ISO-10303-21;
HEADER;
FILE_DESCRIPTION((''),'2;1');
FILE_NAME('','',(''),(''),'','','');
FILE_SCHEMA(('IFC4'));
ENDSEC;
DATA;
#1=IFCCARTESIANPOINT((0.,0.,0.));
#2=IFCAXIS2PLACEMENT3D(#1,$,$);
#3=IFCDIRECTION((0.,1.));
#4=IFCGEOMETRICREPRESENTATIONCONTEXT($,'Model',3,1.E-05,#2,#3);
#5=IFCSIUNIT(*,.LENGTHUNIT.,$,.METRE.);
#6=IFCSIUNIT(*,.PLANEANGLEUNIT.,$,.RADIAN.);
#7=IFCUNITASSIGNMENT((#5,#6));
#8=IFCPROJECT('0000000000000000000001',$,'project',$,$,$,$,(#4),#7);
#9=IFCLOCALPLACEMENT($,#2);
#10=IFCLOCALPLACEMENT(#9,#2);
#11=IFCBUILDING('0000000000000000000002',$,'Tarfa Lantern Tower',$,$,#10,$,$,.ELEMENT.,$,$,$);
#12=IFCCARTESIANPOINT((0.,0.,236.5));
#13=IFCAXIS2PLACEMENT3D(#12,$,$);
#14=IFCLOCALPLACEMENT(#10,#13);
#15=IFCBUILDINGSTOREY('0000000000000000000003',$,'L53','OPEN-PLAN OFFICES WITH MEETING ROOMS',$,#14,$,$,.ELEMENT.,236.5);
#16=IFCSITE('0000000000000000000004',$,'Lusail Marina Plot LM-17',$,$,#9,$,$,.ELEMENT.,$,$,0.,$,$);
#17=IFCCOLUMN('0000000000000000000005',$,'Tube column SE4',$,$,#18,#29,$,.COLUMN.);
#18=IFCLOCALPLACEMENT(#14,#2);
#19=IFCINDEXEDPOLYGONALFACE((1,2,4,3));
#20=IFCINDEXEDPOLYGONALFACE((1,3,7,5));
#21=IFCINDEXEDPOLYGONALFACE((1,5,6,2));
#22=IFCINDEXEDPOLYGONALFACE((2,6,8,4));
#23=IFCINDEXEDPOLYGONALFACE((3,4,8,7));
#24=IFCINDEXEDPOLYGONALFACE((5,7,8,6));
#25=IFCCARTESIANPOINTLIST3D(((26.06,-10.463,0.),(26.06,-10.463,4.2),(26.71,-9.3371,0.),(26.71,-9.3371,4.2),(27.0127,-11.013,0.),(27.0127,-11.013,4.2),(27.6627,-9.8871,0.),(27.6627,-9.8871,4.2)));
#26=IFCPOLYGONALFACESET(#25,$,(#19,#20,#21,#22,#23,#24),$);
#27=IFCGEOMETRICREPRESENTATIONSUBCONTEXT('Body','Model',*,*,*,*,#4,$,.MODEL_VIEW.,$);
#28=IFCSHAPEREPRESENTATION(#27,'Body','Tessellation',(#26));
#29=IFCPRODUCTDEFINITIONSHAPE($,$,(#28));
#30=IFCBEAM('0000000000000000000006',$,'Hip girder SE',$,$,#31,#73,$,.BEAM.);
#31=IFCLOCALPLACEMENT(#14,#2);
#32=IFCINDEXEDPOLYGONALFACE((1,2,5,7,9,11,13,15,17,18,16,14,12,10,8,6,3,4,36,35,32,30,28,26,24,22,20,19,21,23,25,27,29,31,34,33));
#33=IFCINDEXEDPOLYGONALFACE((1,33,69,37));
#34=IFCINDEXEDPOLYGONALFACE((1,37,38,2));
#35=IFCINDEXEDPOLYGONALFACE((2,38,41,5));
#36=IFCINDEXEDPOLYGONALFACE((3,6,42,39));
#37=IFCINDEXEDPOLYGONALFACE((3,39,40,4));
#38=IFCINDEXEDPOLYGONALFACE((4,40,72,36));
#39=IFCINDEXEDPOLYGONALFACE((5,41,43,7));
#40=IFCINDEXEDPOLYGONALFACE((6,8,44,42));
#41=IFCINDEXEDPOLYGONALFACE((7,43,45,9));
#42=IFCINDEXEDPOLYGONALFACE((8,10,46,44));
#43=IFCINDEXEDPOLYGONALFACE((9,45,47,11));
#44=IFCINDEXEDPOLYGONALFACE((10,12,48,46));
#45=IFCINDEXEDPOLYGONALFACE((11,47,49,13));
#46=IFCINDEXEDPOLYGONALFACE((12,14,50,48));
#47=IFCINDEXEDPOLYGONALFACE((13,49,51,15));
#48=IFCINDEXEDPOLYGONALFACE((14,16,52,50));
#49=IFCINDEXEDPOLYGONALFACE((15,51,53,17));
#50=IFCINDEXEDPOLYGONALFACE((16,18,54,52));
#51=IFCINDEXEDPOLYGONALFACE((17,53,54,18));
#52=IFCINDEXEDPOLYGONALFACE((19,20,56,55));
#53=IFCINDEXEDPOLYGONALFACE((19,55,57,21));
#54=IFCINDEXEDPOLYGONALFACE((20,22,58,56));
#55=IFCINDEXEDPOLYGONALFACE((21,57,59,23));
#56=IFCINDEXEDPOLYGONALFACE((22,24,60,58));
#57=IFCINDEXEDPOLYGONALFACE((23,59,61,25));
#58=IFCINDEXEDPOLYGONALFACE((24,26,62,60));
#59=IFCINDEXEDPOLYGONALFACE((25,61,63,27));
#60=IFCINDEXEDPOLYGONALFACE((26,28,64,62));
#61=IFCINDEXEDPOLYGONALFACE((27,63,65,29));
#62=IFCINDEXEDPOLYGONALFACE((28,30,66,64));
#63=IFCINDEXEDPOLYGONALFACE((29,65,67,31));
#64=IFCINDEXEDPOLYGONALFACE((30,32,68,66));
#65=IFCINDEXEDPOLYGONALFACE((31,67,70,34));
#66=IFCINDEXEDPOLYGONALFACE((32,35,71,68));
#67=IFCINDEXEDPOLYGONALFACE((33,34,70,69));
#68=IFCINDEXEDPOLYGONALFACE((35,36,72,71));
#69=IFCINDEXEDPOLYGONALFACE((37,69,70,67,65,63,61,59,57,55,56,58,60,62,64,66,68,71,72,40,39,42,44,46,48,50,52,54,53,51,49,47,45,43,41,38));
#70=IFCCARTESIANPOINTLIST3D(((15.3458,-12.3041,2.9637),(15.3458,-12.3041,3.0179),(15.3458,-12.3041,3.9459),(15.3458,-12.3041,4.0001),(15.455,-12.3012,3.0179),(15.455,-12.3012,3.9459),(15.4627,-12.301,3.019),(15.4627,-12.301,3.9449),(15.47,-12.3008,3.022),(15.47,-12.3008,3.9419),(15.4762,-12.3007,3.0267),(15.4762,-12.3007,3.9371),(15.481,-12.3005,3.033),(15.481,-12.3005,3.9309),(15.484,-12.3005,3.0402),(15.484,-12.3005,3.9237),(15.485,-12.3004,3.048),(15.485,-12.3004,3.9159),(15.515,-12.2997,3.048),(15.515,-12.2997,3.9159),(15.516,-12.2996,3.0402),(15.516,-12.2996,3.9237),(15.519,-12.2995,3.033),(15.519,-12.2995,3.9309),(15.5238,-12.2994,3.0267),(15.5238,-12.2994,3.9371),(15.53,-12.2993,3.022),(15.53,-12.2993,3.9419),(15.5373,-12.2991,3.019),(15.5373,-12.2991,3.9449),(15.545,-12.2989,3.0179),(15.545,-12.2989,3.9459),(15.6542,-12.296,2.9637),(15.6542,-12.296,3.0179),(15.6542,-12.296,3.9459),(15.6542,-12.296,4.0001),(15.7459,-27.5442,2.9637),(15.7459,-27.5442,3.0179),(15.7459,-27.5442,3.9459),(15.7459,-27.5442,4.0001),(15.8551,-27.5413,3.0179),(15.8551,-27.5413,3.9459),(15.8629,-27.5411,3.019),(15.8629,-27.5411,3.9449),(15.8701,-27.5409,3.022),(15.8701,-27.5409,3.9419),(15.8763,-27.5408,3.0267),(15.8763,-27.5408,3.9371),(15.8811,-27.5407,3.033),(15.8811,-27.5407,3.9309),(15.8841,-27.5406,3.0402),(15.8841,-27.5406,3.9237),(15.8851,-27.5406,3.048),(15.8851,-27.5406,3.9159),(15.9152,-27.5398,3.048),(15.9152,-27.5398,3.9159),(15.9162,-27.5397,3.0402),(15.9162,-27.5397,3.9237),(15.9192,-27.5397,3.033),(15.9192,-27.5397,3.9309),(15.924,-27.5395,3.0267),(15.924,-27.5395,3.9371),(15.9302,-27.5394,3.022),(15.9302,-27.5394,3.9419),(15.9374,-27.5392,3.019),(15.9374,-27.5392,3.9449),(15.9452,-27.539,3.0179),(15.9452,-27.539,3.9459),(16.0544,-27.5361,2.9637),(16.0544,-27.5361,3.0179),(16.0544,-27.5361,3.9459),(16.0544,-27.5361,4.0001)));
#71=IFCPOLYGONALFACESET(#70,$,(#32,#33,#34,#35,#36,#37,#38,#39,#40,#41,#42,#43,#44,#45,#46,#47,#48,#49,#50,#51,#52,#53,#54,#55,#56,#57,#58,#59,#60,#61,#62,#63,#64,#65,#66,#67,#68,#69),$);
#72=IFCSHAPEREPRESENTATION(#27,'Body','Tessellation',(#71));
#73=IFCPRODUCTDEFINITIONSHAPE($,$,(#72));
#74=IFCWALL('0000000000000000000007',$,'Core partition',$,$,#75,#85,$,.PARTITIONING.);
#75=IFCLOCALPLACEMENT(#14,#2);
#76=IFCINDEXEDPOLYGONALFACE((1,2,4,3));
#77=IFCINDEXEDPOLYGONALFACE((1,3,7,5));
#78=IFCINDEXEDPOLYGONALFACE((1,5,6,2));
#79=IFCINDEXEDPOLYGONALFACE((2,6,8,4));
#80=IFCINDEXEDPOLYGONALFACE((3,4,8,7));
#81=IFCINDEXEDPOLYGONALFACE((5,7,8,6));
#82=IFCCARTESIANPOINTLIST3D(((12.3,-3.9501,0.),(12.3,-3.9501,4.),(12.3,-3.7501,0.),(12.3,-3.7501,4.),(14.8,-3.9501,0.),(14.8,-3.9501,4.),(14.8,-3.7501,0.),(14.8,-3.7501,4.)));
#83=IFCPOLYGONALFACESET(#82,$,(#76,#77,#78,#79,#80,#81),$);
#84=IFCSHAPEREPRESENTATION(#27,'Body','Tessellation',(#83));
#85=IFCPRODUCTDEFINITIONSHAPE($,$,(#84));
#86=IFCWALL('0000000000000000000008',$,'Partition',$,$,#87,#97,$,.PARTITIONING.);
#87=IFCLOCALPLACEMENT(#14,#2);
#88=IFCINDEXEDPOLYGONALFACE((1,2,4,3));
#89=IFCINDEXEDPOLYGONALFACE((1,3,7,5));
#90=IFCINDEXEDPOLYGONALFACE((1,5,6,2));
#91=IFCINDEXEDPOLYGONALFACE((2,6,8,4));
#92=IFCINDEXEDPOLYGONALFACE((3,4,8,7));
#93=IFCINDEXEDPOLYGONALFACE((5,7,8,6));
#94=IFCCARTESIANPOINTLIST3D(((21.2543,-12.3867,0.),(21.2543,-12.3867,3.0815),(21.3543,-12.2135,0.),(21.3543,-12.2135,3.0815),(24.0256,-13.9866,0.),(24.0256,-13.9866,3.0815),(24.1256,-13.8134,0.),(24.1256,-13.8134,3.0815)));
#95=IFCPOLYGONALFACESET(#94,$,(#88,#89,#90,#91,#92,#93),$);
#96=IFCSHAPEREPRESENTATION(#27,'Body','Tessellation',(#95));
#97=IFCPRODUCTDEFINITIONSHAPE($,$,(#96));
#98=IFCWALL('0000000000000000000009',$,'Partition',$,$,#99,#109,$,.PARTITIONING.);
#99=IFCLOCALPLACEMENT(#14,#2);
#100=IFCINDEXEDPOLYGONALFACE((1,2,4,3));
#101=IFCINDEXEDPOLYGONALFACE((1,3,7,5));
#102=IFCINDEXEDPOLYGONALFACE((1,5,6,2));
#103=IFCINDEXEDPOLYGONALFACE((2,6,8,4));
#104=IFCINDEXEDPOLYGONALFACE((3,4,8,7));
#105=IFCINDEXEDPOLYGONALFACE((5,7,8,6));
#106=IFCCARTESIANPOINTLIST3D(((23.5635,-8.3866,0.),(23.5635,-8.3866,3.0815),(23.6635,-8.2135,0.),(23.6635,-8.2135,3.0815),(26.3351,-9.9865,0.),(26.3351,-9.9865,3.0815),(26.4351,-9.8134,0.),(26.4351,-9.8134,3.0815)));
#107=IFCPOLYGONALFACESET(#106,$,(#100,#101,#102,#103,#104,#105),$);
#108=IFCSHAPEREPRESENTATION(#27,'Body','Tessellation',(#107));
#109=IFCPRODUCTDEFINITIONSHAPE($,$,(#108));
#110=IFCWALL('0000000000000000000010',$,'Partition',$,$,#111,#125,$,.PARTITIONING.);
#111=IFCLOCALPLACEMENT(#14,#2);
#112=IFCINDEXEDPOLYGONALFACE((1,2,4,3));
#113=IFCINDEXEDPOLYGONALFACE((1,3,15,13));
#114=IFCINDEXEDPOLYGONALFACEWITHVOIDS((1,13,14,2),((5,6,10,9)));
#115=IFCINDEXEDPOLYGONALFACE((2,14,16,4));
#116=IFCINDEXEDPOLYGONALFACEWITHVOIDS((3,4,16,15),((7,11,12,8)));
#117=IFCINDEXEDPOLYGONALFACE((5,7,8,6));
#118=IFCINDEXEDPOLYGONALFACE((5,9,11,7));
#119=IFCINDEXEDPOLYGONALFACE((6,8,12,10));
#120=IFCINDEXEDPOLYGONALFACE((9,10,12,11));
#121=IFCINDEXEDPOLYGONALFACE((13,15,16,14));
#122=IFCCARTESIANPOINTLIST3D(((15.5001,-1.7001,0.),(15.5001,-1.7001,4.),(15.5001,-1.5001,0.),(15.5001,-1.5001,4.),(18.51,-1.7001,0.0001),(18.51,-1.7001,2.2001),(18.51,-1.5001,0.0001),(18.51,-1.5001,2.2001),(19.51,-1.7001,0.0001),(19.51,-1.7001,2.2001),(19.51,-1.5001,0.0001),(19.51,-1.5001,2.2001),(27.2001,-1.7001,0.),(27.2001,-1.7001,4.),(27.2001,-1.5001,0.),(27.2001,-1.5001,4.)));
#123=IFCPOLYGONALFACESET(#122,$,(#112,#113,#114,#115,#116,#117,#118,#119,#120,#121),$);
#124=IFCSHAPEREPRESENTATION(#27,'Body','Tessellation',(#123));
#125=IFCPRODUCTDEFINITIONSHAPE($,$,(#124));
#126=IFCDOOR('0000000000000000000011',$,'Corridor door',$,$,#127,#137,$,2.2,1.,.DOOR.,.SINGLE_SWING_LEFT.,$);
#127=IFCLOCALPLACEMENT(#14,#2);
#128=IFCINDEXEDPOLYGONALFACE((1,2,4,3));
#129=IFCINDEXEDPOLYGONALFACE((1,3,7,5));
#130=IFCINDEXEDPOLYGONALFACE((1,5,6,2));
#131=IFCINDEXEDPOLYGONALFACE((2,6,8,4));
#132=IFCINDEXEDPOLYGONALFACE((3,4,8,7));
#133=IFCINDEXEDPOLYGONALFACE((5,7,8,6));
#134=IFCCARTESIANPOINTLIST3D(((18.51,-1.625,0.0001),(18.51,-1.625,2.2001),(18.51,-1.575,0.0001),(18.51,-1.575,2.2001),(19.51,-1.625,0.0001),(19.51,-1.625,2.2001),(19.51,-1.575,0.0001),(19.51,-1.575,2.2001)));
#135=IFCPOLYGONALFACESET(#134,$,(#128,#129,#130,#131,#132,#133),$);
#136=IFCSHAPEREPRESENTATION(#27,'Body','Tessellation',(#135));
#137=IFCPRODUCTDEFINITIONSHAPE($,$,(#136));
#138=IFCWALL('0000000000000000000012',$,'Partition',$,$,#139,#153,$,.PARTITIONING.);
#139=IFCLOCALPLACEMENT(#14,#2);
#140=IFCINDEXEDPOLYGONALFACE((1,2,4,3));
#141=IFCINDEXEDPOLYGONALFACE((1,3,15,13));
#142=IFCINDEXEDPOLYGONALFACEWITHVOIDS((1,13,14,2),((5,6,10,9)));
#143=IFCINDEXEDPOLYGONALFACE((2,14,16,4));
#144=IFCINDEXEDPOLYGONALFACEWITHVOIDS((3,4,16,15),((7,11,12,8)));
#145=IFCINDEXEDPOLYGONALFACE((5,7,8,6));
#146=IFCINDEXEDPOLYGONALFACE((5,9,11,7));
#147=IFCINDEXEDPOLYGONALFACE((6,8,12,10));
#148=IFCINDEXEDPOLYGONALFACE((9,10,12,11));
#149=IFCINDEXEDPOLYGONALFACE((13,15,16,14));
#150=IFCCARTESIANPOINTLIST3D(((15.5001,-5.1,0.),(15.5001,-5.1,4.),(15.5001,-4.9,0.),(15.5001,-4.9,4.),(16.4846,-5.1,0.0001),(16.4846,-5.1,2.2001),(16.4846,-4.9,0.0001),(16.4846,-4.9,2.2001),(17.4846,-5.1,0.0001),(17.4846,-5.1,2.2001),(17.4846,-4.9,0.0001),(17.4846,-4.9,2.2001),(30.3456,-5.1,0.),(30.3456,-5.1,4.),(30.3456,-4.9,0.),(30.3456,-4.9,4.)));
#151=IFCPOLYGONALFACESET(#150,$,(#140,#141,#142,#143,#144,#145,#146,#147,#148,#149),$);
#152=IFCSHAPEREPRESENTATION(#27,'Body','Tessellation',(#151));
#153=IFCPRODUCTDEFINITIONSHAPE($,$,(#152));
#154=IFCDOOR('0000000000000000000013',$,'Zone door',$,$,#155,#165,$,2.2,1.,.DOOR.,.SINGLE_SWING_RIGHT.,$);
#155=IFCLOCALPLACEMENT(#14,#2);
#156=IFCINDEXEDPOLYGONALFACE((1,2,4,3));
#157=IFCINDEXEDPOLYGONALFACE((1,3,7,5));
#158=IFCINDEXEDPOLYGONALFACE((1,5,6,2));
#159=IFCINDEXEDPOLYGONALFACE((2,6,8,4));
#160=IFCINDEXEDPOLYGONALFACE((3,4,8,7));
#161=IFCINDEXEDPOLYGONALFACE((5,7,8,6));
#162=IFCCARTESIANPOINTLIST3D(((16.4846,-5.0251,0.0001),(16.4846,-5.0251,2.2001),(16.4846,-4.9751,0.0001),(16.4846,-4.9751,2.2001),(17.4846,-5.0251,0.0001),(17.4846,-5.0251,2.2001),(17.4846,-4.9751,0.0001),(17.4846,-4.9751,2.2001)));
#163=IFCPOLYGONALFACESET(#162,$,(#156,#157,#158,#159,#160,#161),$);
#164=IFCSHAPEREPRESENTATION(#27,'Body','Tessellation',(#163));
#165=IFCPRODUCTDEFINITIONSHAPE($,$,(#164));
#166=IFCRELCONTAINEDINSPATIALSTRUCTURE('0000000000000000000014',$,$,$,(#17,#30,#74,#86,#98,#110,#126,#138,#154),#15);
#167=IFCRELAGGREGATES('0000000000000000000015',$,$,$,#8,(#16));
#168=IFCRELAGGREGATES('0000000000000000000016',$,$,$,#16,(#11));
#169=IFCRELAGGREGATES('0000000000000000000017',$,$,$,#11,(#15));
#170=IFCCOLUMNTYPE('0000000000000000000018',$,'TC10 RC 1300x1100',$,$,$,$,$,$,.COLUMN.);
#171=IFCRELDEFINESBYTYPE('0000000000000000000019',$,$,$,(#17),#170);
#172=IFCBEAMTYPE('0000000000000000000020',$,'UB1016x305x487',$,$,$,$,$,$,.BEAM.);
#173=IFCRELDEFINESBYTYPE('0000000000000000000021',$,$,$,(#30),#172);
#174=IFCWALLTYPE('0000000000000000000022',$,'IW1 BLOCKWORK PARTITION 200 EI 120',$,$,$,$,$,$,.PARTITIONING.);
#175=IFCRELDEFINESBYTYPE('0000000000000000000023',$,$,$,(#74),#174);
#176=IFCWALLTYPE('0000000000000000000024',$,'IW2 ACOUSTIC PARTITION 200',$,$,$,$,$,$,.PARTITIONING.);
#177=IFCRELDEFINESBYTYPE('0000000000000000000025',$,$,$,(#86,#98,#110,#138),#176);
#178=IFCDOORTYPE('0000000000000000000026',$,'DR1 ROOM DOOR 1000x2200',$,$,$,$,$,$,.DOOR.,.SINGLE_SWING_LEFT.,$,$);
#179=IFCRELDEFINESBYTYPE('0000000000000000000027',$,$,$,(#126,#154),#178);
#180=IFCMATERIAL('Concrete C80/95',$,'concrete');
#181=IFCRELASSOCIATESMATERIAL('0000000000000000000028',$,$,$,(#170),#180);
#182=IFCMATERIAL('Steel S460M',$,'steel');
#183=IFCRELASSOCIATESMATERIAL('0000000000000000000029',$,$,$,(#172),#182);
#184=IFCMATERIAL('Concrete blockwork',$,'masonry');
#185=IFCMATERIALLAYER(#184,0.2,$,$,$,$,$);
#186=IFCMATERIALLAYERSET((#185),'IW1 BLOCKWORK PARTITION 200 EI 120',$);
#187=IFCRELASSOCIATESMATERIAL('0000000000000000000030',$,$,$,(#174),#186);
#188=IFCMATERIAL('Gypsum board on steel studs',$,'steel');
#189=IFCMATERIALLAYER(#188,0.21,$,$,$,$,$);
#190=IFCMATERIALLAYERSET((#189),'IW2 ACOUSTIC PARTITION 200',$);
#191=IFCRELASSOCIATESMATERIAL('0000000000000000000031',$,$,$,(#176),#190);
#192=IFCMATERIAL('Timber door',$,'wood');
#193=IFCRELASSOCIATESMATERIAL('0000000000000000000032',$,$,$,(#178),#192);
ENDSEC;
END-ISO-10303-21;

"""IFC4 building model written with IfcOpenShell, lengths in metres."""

from ifc_helpers import new_model, si_unit, direction, frame, frame_2d, origin, origin_2d, place, context, subcontext, project, spatial, rectangle, i_section, extrude, material, layer, layer_set, material_profile, profile_set, type_object, element, fill, save


model = new_model("IFC4")

# Units and contexts
model_context = context("Model", 3, precision=1e-05, world=origin(), true_north=direction((0.0, 1.0)))
body_context = subcontext(model_context, "Body", "Model", "MODEL_VIEW")
ifc_project = project(units=[si_unit("LENGTHUNIT", "METRE"), si_unit("PLANEANGLEUNIT", "RADIAN")], contexts=[model_context])

# Site, building, storey
site_placement = place(None, origin())
site = spatial("IfcSite", under=ifc_project, at=site_placement, Name="Lusail Marina Plot LM-17", CompositionType="ELEMENT", RefElevation=0.0)
building_placement = place(site_placement, origin())
building = spatial("IfcBuilding", under=site, at=building_placement, Name="Tarfa Lantern Tower", CompositionType="ELEMENT")
storey_placement = place(building_placement, frame((0.0, 0.0, 236.5)))
storey = spatial("IfcBuildingStorey", under=building, at=storey_placement, Name="L53", Description="OPEN-PLAN OFFICES WITH MEETING ROOMS", CompositionType="ELEMENT", Elevation=236.5)

# Column
ifc_material_1 = material(Name="Concrete C80/95", Category="concrete")
ifc_material_profile_1 = material_profile(ifc_material_1, rectangle(XDim=1.3, YDim=1.1001, at=origin_2d()), Name="RC 1300x1100")
ifc_profile_set_1 = profile_set([ifc_material_profile_1], Name="Concrete C80/95")
column_type = type_object("IfcColumnType", Name="TC10 RC 1300x1100", PredefinedType="COLUMN", material=ifc_profile_set_1)
column_placement = place(storey_placement, frame((26.8613, -10.175, 0.0), z_axis=(0.0, 0.0, 1.0), x_axis=(0.5, 0.866025, 0.0)))
element("IfcColumn", 1, at=column_placement, inside=storey, type_object=column_type, Name="Tube column SE4", PredefinedType="COLUMN", context=body_context, shape_type="SweptSolid", body=[
    extrude(rectangle(XDim=1.3, YDim=1.1001, at=origin_2d()), origin(), (0.0, 0.0, 1.0), 4.2),
])

# Beam
ifc_material_2 = material(Name="Steel S460M", Category="steel")
ifc_material_profile_2 = material_profile(ifc_material_2, i_section(OverallWidth=0.3086, OverallDepth=1.0364, WebThickness=0.03, FlangeThickness=0.0542, FilletRadius=0.03, at=origin_2d()), Name="UB1016x305x487")
ifc_profile_set_2 = profile_set([ifc_material_profile_2], Name="Steel S460M")
beam_type = type_object("IfcBeamType", Name="UB1016x305x487", PredefinedType="BEAM", material=ifc_profile_set_2)
beam_placement = place(storey_placement, frame((15.5, -12.3, 3.4819), z_axis=(0.026247, -0.999655, 0.0), x_axis=(0.999655, 0.026247, 0.0)))
element("IfcBeam", 2, at=beam_placement, inside=storey, type_object=beam_type, Name="Hip girder SE", PredefinedType="BEAM", context=body_context, shape_type="SweptSolid", body=[
    extrude(i_section(OverallWidth=0.3086, OverallDepth=1.0364, WebThickness=0.03, FlangeThickness=0.0542, FilletRadius=0.03, at=origin_2d()), origin(), (0.0, 0.0, 1.0), 15.2454),
])

# Walls
ifc_material_3 = material(Name="Concrete blockwork", Category="masonry")
ifc_layer_1 = layer(ifc_material_3, 0.2)
ifc_layer_set_1 = layer_set([ifc_layer_1], Name="IW1 BLOCKWORK PARTITION 200 EI 120")
wall_type_1 = type_object("IfcWallType", Name="IW1 BLOCKWORK PARTITION 200 EI 120", PredefinedType="PARTITIONING", material=ifc_layer_set_1)
wall_1_placement = place(storey_placement, frame((14.8, -3.8501, 0.0), z_axis=(0.0, 0.0, 1.0), x_axis=(-1.0, 0.0, 0.0)))
element("IfcWall", 3, at=wall_1_placement, inside=storey, type_object=wall_type_1, Name="Core partition", PredefinedType="PARTITIONING", context=body_context, shape_type="SweptSolid", body=[
    extrude(rectangle(XDim=2.5, YDim=0.2, at=frame_2d((1.25, 0.0))), origin(), (0.0, 0.0, 1.0), 4.0),
])
ifc_material_4 = material(Name="Gypsum board on steel studs", Category="steel")
ifc_layer_2 = layer(ifc_material_4, 0.21)
ifc_layer_set_2 = layer_set([ifc_layer_2], Name="IW2 ACOUSTIC PARTITION 200")
wall_type_2 = type_object("IfcWallType", Name="IW2 ACOUSTIC PARTITION 200", PredefinedType="PARTITIONING", material=ifc_layer_set_2)
wall_2_placement = place(storey_placement, frame((21.3042, -12.3, 0.0), z_axis=(0.0, 0.0, 1.0), x_axis=(0.866042, -0.499971, 0.0)))
element("IfcWall", 4, at=wall_2_placement, inside=storey, type_object=wall_type_2, Name="Partition", PredefinedType="PARTITIONING", context=body_context, shape_type="SweptSolid", body=[
    extrude(rectangle(XDim=3.2, YDim=0.2, at=frame_2d((1.6001, 0.0))), origin(), (0.0, 0.0, 1.0), 3.0815),
])
wall_3_placement = place(storey_placement, frame((23.6135, -8.3, 0.0), z_axis=(0.0, 0.0, 1.0), x_axis=(0.866061, -0.499938, 0.0)))
element("IfcWall", 5, at=wall_3_placement, inside=storey, type_object=wall_type_2, Name="Partition", PredefinedType="PARTITIONING", context=body_context, shape_type="SweptSolid", body=[
    extrude(rectangle(XDim=3.2002, YDim=0.2, at=frame_2d((1.6001, 0.0))), origin(), (0.0, 0.0, 1.0), 3.0815),
])

# Walls, openings, doors
wall_4_placement = place(storey_placement, frame((15.5, -1.6001, 0.0), z_axis=(0.0, 0.0, 1.0), x_axis=(1.0, 0.0, 0.0)))
wall_4 = element("IfcWall", 6, at=wall_4_placement, inside=storey, type_object=wall_type_2, Name="Partition", PredefinedType="PARTITIONING", context=body_context, shape_type="SweptSolid", body=[
    extrude(rectangle(XDim=11.7, YDim=0.2, at=frame_2d((5.8501, 0.0))), origin(), (0.0, 0.0, 1.0), 4.0),
])
opening_1_placement = place(wall_4_placement, frame((3.01, 0.0, 0.0)))
opening_1 = element("IfcOpeningElement", 7, at=opening_1_placement, cuts=wall_4, PredefinedType="OPENING", context=body_context, shape_type="SweptSolid", body=[
    extrude(rectangle(XDim=1.0, YDim=2.2, at=frame_2d((0.5, 1.1001))), frame((0.0, 0.1099, 0.0), z_axis=(0.0, -1.0, 0.0), x_axis=(1.0, 0.0, 0.0)), (0.0, 0.0, 1.0), 0.22),
])
ifc_material_5 = material(Name="Timber door", Category="wood")
door_type_1 = type_object("IfcDoorType", Name="DR1 ROOM DOOR 1000x2200", OperationType="SINGLE_SWING_LEFT", PredefinedType="DOOR", material=ifc_material_5)
door_1_placement = place(opening_1_placement, frame((1.0, 0.0, 0.0), z_axis=(0.0, 0.0, 1.0), x_axis=(-1.0, 0.0, 0.0)))
door_1 = element("IfcDoor", 8, at=door_1_placement, inside=storey, type_object=door_type_1, Name="Corridor door", OperationType="SINGLE_SWING_LEFT", OverallHeight=2.2, OverallWidth=1.0, PredefinedType="DOOR", context=body_context, shape_type="SweptSolid", body=[
    extrude(rectangle(XDim=1.0, YDim=2.2, at=frame_2d((0.5, 1.1001))), frame((0.0, 0.0249, 0.0), z_axis=(0.0, -1.0, 0.0), x_axis=(1.0, 0.0, 0.0)), (0.0, 0.0, 1.0), 0.05),
])
fill(opening_1, door_1)
wall_5_placement = place(storey_placement, frame((15.5, -5.0, 0.0), z_axis=(0.0, 0.0, 1.0), x_axis=(1.0, 0.0, 0.0)))
wall_5 = element("IfcWall", 9, at=wall_5_placement, inside=storey, type_object=wall_type_2, Name="Partition", PredefinedType="PARTITIONING", context=body_context, shape_type="SweptSolid", body=[
    extrude(rectangle(XDim=14.8455, YDim=0.2, at=frame_2d((7.4229, 0.0))), origin(), (0.0, 0.0, 1.0), 4.0),
])
opening_2_placement = place(wall_5_placement, frame((0.9846, 0.0, 0.0)))
opening_2 = element("IfcOpeningElement", 10, at=opening_2_placement, cuts=wall_5, PredefinedType="OPENING", context=body_context, shape_type="SweptSolid", body=[
    extrude(rectangle(XDim=1.0, YDim=2.2, at=frame_2d((0.5, 1.1001))), frame((0.0, 0.1099, 0.0), z_axis=(0.0, -1.0, 0.0), x_axis=(1.0, 0.0, 0.0)), (0.0, 0.0, 1.0), 0.22),
])
door_2_placement = place(opening_2_placement, origin())
door_2 = element("IfcDoor", 11, at=door_2_placement, inside=storey, type_object=door_type_1, Name="Zone door", OperationType="SINGLE_SWING_RIGHT", OverallHeight=2.2, OverallWidth=1.0, PredefinedType="DOOR", context=body_context, shape_type="SweptSolid", body=[
    extrude(rectangle(XDim=1.0, YDim=2.2, at=frame_2d((0.5, 1.1001))), frame((0.0, 0.0249, 0.0), z_axis=(0.0, -1.0, 0.0), x_axis=(1.0, 0.0, 0.0)), (0.0, 0.0, 1.0), 0.05),
])
fill(opening_2, door_2)

save(model, "model.ifc")
